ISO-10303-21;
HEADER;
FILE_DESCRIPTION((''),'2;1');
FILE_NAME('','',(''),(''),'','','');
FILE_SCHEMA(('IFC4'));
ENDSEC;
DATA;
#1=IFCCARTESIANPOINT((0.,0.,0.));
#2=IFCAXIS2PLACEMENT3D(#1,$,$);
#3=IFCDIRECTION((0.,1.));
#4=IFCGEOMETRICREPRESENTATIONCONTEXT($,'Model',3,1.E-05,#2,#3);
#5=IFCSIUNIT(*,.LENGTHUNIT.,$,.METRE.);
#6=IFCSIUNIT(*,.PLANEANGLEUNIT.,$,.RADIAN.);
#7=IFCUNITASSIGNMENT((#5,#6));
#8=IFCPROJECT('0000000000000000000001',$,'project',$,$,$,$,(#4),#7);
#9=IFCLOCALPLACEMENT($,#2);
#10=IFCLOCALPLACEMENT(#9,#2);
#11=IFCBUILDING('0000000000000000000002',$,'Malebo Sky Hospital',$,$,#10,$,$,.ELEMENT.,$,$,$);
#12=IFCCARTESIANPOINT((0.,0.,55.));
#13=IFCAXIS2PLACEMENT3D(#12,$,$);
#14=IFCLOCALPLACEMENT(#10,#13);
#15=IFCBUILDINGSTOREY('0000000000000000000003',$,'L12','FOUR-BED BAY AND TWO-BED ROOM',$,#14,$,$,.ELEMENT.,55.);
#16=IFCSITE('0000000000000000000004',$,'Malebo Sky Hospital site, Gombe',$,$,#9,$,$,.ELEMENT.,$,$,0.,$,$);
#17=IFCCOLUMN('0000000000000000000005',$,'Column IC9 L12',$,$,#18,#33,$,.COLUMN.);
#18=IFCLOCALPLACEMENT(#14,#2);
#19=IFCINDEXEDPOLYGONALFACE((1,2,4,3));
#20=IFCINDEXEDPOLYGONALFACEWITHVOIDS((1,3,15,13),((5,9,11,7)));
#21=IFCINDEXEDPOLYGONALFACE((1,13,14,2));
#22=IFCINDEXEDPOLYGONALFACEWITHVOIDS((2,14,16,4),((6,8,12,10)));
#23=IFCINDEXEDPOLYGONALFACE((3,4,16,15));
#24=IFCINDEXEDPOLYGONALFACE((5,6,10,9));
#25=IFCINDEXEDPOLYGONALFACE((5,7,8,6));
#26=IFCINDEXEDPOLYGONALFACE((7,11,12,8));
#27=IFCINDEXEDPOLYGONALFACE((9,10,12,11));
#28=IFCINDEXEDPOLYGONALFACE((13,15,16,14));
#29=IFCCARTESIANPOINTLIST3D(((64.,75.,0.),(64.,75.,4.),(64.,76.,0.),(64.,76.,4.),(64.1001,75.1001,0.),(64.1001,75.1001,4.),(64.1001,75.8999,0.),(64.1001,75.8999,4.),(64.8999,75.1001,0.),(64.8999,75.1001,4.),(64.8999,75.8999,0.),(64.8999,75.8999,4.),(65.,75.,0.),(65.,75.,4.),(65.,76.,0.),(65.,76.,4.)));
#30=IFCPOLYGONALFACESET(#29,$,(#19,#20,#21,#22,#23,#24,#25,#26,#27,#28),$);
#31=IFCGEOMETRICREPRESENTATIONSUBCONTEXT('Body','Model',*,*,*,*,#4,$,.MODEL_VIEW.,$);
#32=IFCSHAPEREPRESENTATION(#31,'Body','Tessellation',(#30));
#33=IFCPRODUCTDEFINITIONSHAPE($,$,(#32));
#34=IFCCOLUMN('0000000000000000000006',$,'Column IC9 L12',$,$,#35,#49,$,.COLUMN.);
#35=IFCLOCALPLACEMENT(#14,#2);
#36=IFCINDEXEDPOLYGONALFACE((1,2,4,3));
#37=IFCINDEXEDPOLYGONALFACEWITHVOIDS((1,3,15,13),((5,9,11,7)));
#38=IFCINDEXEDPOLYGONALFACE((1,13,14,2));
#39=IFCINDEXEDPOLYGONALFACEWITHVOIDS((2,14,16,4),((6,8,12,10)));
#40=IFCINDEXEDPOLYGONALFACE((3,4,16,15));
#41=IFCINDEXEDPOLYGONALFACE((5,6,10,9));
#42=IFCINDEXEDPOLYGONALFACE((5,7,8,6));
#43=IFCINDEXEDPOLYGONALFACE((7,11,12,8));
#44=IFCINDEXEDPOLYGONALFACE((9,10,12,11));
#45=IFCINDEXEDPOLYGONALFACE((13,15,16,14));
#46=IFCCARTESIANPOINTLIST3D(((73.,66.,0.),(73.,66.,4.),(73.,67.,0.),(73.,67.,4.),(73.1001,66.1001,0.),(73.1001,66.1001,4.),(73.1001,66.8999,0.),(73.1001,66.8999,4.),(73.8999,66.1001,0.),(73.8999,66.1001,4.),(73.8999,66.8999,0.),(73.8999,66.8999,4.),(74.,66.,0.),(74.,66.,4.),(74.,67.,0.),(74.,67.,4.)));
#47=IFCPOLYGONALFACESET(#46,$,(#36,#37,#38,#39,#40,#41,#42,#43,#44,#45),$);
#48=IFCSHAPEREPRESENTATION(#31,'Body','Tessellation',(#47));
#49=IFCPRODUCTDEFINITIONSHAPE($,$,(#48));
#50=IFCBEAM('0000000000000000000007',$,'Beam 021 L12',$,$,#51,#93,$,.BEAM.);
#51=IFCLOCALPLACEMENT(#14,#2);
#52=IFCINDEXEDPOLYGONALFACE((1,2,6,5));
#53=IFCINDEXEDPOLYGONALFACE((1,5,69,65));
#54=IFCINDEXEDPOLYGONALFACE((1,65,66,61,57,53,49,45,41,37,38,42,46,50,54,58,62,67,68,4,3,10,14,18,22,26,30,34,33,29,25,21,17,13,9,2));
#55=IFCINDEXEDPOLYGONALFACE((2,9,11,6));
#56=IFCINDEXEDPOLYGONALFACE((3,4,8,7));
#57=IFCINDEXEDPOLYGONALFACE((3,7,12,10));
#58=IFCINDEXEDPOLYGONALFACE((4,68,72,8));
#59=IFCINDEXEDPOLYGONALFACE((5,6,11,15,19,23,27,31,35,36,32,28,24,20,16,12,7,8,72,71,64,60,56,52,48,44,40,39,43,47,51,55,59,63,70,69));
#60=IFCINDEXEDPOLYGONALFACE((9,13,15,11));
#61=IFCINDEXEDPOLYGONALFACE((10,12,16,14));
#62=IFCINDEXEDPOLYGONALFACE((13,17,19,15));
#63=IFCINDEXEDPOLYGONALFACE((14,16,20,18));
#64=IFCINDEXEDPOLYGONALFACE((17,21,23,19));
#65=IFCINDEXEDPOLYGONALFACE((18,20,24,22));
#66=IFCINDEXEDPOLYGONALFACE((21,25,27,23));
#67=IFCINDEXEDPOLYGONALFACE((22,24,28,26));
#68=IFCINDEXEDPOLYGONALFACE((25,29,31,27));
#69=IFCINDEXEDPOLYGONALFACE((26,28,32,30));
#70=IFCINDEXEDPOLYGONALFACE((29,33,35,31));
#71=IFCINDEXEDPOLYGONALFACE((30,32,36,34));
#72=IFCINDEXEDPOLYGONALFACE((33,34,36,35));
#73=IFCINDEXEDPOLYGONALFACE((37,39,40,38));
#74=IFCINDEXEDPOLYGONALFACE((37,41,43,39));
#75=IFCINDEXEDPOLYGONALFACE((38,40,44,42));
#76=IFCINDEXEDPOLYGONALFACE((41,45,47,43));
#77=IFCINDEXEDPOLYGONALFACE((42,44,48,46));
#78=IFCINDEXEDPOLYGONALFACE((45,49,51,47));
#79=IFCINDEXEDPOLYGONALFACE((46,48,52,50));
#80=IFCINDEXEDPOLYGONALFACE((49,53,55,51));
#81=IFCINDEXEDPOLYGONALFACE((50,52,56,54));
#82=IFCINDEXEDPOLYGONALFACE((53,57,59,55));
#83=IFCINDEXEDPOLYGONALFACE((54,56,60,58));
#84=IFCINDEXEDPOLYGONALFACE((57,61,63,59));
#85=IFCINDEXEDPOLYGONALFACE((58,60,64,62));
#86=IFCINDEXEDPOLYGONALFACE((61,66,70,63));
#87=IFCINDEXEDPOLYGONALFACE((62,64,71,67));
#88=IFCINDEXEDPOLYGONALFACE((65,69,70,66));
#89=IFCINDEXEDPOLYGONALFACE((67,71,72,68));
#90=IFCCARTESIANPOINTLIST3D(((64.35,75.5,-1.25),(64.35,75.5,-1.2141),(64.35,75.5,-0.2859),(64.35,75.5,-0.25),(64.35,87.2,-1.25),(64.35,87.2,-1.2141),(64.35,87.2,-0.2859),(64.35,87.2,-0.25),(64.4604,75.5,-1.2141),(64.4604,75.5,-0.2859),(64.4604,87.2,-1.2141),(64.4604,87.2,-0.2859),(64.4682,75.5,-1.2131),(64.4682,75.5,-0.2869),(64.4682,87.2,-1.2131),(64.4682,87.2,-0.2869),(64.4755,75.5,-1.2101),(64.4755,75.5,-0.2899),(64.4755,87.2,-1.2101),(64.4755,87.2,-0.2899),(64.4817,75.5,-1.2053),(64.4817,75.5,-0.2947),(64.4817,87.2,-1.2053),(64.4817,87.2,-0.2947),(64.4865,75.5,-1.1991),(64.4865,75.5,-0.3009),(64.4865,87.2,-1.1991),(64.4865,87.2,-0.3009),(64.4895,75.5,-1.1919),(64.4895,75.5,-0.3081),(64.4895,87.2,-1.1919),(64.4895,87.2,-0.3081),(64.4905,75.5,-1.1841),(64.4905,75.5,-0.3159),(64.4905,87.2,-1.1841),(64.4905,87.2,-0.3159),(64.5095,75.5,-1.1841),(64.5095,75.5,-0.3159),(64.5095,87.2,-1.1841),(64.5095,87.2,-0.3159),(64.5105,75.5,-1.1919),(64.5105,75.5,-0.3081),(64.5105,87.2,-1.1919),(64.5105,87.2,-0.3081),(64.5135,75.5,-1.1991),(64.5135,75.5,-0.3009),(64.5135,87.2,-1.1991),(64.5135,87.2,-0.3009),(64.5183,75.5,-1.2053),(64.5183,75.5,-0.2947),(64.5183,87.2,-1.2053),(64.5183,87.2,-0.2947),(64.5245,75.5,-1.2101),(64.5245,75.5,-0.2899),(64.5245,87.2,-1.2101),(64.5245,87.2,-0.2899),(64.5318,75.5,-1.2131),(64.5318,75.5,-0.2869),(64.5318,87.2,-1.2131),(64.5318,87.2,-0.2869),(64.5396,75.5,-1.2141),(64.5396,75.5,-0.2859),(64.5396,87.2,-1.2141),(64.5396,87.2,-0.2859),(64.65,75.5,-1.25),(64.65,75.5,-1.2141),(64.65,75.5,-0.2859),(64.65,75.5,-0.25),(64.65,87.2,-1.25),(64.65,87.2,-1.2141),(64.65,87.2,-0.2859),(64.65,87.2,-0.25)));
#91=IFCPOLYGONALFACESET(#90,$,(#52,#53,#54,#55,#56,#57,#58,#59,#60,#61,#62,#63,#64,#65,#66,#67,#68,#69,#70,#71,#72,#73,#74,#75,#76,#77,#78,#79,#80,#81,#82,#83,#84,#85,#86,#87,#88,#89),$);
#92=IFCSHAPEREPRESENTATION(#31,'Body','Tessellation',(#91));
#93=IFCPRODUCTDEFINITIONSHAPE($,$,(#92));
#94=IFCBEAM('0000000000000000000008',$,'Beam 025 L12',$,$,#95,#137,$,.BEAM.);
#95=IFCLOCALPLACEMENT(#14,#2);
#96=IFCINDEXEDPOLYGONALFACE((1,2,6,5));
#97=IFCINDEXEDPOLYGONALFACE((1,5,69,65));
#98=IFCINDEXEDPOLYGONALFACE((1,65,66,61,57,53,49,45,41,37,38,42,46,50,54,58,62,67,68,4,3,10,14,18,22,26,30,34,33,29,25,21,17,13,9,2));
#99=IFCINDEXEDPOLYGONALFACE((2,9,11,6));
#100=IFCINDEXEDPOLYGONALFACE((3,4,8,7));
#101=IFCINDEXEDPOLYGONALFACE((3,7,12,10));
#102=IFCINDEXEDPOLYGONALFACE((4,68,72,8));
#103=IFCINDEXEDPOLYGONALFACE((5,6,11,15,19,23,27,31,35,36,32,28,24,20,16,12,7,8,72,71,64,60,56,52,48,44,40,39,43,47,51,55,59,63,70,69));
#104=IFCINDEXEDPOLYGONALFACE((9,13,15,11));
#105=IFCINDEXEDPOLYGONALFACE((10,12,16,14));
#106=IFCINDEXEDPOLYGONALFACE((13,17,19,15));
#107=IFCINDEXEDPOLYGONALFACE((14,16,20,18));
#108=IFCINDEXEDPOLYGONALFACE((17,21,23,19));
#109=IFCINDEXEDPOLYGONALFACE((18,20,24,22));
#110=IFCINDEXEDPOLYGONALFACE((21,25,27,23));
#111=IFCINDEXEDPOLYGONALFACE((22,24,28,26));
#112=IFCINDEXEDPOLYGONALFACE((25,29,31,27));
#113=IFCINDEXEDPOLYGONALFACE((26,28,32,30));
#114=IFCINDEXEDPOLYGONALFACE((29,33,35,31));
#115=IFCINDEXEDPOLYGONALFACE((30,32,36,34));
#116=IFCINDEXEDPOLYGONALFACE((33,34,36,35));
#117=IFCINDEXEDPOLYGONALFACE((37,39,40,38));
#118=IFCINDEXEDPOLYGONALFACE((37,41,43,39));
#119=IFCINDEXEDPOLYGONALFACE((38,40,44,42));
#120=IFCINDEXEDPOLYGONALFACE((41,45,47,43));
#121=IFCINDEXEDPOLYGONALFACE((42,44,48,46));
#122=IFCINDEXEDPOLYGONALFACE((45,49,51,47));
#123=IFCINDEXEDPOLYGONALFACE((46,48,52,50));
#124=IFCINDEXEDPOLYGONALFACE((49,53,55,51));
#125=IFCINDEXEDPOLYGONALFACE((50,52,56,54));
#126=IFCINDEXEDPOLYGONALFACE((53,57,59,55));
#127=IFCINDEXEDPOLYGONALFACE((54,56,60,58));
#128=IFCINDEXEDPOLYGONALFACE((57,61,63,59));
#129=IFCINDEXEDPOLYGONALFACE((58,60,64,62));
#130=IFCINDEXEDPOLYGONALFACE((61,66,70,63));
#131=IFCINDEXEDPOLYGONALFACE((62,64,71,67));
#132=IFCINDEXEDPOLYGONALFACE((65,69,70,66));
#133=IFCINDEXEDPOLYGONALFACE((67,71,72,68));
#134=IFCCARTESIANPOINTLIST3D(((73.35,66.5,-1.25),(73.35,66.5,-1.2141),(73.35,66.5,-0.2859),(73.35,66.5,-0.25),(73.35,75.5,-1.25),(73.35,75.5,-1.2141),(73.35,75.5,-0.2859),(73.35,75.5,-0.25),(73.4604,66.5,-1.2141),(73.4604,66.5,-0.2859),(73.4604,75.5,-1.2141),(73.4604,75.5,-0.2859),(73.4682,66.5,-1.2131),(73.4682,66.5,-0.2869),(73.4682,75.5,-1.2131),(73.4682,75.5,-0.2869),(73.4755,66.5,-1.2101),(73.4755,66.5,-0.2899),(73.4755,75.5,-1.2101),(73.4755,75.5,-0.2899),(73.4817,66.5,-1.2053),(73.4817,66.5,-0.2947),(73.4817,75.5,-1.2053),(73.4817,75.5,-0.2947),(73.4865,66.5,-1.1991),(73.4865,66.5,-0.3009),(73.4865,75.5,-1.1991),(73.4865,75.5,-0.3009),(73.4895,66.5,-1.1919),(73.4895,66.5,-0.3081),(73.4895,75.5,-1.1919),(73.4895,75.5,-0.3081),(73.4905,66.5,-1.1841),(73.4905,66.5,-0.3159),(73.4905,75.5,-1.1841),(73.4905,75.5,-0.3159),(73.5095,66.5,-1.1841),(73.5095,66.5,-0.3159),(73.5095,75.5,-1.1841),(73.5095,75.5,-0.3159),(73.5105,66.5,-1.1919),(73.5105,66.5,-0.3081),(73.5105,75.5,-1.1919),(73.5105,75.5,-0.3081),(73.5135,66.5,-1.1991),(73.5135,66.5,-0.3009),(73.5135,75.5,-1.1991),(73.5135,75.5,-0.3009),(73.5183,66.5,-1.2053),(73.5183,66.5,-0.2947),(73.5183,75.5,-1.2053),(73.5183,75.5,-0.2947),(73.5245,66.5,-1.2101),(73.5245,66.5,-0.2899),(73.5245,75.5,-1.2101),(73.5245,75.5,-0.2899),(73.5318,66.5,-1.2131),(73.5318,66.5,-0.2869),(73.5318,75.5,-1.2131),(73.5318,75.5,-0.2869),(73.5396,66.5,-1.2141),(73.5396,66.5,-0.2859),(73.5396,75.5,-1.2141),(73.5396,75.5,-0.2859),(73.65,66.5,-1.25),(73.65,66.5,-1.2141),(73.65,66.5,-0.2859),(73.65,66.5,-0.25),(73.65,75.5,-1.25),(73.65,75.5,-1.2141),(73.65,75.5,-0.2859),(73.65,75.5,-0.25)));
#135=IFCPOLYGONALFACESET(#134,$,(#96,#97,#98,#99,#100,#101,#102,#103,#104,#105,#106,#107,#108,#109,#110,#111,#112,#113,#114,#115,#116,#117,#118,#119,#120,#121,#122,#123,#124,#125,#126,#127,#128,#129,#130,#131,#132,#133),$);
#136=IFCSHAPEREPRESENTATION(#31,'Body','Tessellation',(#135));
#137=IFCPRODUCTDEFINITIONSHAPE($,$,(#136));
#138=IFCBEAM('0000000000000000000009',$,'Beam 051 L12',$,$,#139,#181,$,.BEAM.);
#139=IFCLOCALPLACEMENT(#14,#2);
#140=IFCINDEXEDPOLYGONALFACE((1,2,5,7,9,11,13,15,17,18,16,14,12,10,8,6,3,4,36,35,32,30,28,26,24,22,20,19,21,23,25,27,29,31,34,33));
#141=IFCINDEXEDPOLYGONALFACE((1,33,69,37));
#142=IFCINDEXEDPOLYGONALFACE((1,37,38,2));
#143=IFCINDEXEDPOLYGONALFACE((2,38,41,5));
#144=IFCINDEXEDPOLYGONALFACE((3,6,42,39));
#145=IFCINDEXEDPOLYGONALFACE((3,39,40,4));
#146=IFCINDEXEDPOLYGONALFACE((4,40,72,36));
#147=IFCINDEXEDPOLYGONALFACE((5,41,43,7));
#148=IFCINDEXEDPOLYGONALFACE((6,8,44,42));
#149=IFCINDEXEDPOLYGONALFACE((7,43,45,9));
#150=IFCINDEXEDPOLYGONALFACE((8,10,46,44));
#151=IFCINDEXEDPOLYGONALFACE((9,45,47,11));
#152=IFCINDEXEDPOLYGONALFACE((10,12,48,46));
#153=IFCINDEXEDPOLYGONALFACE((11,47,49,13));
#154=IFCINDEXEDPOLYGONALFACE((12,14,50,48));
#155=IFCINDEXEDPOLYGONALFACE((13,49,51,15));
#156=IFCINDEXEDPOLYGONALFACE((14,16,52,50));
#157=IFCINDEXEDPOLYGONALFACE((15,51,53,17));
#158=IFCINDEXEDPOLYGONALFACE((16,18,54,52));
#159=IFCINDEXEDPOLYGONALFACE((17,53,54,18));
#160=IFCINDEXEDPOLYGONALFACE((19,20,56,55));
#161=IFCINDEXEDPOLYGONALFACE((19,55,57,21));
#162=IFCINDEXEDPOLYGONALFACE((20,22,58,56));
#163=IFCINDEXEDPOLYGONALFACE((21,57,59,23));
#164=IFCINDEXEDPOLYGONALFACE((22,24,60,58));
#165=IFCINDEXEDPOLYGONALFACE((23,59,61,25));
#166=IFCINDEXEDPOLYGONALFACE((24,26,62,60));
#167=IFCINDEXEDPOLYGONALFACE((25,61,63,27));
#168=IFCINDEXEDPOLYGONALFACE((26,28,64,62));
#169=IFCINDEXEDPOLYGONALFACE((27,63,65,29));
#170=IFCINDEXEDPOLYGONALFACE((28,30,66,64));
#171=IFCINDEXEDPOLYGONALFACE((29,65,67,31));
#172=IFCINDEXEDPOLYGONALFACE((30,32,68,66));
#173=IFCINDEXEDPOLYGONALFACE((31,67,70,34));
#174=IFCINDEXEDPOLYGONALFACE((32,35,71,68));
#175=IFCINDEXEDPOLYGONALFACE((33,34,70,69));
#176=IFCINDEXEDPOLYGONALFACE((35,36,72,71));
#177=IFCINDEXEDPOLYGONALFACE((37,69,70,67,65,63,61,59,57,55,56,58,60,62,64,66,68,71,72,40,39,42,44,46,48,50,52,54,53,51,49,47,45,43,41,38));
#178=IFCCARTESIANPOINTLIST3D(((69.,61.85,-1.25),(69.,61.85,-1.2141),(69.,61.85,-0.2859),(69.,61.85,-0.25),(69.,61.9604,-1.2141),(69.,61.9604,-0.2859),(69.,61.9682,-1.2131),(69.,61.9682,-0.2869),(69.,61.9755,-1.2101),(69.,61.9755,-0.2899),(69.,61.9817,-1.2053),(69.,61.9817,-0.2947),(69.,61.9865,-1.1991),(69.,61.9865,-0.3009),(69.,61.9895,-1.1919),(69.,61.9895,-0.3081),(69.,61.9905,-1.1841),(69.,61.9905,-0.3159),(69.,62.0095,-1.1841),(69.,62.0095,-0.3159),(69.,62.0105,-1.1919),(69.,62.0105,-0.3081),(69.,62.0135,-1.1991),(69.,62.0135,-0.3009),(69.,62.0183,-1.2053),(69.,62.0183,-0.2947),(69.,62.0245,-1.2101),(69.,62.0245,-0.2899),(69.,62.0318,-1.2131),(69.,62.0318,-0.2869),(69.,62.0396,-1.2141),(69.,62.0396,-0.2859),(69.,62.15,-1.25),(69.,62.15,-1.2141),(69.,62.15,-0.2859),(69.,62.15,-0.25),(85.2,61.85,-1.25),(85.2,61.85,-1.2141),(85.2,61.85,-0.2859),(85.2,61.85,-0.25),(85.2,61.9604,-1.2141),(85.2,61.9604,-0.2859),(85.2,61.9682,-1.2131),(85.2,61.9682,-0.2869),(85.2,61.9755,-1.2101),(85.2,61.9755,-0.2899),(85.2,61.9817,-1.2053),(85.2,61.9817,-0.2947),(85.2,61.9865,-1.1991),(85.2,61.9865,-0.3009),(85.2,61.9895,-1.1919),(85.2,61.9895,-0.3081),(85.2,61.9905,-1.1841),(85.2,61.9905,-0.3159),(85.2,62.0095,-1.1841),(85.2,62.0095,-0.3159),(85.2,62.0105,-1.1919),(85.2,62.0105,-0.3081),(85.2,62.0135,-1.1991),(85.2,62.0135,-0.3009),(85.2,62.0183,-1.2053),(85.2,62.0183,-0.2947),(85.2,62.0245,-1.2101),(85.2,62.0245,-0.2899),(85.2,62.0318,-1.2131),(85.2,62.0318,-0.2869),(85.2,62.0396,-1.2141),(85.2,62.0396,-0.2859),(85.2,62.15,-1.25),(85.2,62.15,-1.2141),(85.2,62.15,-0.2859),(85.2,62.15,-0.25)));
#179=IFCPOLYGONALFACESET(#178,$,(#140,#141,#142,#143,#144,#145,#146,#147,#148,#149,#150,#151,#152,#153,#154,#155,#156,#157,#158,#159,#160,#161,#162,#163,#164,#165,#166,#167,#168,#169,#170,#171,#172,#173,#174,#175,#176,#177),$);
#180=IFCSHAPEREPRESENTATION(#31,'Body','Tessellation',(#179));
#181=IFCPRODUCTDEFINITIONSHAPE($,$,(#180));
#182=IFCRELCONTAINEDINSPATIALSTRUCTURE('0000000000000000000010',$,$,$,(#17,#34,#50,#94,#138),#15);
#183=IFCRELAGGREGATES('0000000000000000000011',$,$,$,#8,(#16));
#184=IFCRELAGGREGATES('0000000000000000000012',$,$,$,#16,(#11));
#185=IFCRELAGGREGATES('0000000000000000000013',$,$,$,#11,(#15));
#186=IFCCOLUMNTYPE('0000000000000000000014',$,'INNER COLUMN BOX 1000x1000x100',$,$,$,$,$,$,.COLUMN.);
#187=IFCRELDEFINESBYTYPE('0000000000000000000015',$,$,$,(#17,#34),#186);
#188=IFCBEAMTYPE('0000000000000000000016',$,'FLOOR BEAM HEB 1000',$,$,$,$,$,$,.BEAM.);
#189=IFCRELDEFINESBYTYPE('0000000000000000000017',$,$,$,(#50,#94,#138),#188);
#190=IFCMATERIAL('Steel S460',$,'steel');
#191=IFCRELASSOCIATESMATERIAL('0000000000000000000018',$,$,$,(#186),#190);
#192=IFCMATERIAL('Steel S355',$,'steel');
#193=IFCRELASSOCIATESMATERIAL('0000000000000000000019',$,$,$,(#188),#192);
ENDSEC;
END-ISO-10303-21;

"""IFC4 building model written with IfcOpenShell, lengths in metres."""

from ifc_helpers import new_model, si_unit, direction, frame, origin, origin_2d, place, context, subcontext, project, spatial, hollow_rectangle, i_section, extrude, material, material_profile, profile_set, type_object, element, save


model = new_model("IFC4")

# Units and contexts
model_context = context("Model", 3, precision=1e-05, world=origin(), true_north=direction((0.0, 1.0)))
body_context = subcontext(model_context, "Body", "Model", "MODEL_VIEW")
ifc_project = project(units=[si_unit("LENGTHUNIT", "METRE"), si_unit("PLANEANGLEUNIT", "RADIAN")], contexts=[model_context])

# Site, building, storey
site_placement = place(None, origin())
site = spatial("IfcSite", under=ifc_project, at=site_placement, Name="Malebo Sky Hospital site, Gombe", CompositionType="ELEMENT", RefElevation=0.0)
building_placement = place(site_placement, origin())
building = spatial("IfcBuilding", under=site, at=building_placement, Name="Malebo Sky Hospital", CompositionType="ELEMENT")
storey_placement = place(building_placement, frame((0.0, 0.0, 55.0)))
storey = spatial("IfcBuildingStorey", under=building, at=storey_placement, Name="L12", Description="FOUR-BED BAY AND TWO-BED ROOM", CompositionType="ELEMENT", Elevation=55.0)

# Columns
ifc_material_1 = material(Name="Steel S460", Category="steel")
ifc_material_profile_1 = material_profile(ifc_material_1, hollow_rectangle(XDim=1.0, YDim=1.0, WallThickness=0.1001, at=origin_2d()), Name="BOX 1000x1000x100")
ifc_profile_set_1 = profile_set([ifc_material_profile_1], Name="Steel S460")
column_type = type_object("IfcColumnType", Name="INNER COLUMN BOX 1000x1000x100", PredefinedType="COLUMN", material=ifc_profile_set_1)
for number, where, z_axis, x_axis, name in (
    (1, (64.5, 75.5, 0.0), (0.0, 0.0, 1.0), (1.0, 0.0, 0.0), "Column IC9 L12"),
    (2, (73.5, 66.5, 0.0), (0.0, 0.0, 1.0), (1.0, 0.0, 0.0), "Column IC9 L12"),
):
    element("IfcColumn", number, at=place(storey_placement, frame(where, z_axis=z_axis, x_axis=x_axis)), inside=storey, type_object=column_type, Name=name, PredefinedType="COLUMN", context=body_context, shape_type="SweptSolid", body=[
        extrude(hollow_rectangle(XDim=1.0, YDim=1.0, WallThickness=0.1001, at=origin_2d()), origin(), (0.0, 0.0, 1.0), 4.0),
    ])

# Beams
ifc_material_2 = material(Name="Steel S355", Category="steel")
ifc_material_profile_2 = material_profile(ifc_material_2, i_section(OverallWidth=0.3, OverallDepth=1.0, WebThickness=0.019, FlangeThickness=0.0359, FilletRadius=0.03, at=origin_2d()), Name="HEB 1000")
ifc_profile_set_2 = profile_set([ifc_material_profile_2], Name="Steel S355")
beam_type_1 = type_object("IfcBeamType", Name="FLOOR BEAM HEB 1000", PredefinedType="BEAM", material=ifc_profile_set_2)
beam_1_placement = place(storey_placement, frame((64.5, 75.5, -0.75), z_axis=(0.0, 1.0, 0.0), x_axis=(-1.0, 0.0, 0.0)))
element("IfcBeam", 3, at=beam_1_placement, inside=storey, type_object=beam_type_1, Name="Beam 021 L12", PredefinedType="BEAM", context=body_context, shape_type="SweptSolid", body=[
    extrude(i_section(OverallWidth=0.3, OverallDepth=1.0, WebThickness=0.019, FlangeThickness=0.0359, FilletRadius=0.03, at=origin_2d()), origin(), (0.0, 0.0, 1.0), 11.7),
])
beam_2_placement = place(storey_placement, frame((73.5, 66.5, -0.75), z_axis=(0.0, 1.0, 0.0), x_axis=(-1.0, 0.0, 0.0)))
element("IfcBeam", 4, at=beam_2_placement, inside=storey, type_object=beam_type_1, Name="Beam 025 L12", PredefinedType="BEAM", context=body_context, shape_type="SweptSolid", body=[
    extrude(i_section(OverallWidth=0.3, OverallDepth=1.0, WebThickness=0.019, FlangeThickness=0.0359, FilletRadius=0.03, at=origin_2d()), origin(), (0.0, 0.0, 1.0), 9.0),
])
beam_3_placement = place(storey_placement, frame((69.0, 62.0, -0.75), z_axis=(1.0, 0.0, 0.0), x_axis=(0.0, 1.0, 0.0)))
element("IfcBeam", 5, at=beam_3_placement, inside=storey, type_object=beam_type_1, Name="Beam 051 L12", PredefinedType="BEAM", context=body_context, shape_type="SweptSolid", body=[
    extrude(i_section(OverallWidth=0.3, OverallDepth=1.0, WebThickness=0.019, FlangeThickness=0.0359, FilletRadius=0.03, at=origin_2d()), origin(), (0.0, 0.0, 1.0), 16.2),
])

save(model, "model.ifc")
